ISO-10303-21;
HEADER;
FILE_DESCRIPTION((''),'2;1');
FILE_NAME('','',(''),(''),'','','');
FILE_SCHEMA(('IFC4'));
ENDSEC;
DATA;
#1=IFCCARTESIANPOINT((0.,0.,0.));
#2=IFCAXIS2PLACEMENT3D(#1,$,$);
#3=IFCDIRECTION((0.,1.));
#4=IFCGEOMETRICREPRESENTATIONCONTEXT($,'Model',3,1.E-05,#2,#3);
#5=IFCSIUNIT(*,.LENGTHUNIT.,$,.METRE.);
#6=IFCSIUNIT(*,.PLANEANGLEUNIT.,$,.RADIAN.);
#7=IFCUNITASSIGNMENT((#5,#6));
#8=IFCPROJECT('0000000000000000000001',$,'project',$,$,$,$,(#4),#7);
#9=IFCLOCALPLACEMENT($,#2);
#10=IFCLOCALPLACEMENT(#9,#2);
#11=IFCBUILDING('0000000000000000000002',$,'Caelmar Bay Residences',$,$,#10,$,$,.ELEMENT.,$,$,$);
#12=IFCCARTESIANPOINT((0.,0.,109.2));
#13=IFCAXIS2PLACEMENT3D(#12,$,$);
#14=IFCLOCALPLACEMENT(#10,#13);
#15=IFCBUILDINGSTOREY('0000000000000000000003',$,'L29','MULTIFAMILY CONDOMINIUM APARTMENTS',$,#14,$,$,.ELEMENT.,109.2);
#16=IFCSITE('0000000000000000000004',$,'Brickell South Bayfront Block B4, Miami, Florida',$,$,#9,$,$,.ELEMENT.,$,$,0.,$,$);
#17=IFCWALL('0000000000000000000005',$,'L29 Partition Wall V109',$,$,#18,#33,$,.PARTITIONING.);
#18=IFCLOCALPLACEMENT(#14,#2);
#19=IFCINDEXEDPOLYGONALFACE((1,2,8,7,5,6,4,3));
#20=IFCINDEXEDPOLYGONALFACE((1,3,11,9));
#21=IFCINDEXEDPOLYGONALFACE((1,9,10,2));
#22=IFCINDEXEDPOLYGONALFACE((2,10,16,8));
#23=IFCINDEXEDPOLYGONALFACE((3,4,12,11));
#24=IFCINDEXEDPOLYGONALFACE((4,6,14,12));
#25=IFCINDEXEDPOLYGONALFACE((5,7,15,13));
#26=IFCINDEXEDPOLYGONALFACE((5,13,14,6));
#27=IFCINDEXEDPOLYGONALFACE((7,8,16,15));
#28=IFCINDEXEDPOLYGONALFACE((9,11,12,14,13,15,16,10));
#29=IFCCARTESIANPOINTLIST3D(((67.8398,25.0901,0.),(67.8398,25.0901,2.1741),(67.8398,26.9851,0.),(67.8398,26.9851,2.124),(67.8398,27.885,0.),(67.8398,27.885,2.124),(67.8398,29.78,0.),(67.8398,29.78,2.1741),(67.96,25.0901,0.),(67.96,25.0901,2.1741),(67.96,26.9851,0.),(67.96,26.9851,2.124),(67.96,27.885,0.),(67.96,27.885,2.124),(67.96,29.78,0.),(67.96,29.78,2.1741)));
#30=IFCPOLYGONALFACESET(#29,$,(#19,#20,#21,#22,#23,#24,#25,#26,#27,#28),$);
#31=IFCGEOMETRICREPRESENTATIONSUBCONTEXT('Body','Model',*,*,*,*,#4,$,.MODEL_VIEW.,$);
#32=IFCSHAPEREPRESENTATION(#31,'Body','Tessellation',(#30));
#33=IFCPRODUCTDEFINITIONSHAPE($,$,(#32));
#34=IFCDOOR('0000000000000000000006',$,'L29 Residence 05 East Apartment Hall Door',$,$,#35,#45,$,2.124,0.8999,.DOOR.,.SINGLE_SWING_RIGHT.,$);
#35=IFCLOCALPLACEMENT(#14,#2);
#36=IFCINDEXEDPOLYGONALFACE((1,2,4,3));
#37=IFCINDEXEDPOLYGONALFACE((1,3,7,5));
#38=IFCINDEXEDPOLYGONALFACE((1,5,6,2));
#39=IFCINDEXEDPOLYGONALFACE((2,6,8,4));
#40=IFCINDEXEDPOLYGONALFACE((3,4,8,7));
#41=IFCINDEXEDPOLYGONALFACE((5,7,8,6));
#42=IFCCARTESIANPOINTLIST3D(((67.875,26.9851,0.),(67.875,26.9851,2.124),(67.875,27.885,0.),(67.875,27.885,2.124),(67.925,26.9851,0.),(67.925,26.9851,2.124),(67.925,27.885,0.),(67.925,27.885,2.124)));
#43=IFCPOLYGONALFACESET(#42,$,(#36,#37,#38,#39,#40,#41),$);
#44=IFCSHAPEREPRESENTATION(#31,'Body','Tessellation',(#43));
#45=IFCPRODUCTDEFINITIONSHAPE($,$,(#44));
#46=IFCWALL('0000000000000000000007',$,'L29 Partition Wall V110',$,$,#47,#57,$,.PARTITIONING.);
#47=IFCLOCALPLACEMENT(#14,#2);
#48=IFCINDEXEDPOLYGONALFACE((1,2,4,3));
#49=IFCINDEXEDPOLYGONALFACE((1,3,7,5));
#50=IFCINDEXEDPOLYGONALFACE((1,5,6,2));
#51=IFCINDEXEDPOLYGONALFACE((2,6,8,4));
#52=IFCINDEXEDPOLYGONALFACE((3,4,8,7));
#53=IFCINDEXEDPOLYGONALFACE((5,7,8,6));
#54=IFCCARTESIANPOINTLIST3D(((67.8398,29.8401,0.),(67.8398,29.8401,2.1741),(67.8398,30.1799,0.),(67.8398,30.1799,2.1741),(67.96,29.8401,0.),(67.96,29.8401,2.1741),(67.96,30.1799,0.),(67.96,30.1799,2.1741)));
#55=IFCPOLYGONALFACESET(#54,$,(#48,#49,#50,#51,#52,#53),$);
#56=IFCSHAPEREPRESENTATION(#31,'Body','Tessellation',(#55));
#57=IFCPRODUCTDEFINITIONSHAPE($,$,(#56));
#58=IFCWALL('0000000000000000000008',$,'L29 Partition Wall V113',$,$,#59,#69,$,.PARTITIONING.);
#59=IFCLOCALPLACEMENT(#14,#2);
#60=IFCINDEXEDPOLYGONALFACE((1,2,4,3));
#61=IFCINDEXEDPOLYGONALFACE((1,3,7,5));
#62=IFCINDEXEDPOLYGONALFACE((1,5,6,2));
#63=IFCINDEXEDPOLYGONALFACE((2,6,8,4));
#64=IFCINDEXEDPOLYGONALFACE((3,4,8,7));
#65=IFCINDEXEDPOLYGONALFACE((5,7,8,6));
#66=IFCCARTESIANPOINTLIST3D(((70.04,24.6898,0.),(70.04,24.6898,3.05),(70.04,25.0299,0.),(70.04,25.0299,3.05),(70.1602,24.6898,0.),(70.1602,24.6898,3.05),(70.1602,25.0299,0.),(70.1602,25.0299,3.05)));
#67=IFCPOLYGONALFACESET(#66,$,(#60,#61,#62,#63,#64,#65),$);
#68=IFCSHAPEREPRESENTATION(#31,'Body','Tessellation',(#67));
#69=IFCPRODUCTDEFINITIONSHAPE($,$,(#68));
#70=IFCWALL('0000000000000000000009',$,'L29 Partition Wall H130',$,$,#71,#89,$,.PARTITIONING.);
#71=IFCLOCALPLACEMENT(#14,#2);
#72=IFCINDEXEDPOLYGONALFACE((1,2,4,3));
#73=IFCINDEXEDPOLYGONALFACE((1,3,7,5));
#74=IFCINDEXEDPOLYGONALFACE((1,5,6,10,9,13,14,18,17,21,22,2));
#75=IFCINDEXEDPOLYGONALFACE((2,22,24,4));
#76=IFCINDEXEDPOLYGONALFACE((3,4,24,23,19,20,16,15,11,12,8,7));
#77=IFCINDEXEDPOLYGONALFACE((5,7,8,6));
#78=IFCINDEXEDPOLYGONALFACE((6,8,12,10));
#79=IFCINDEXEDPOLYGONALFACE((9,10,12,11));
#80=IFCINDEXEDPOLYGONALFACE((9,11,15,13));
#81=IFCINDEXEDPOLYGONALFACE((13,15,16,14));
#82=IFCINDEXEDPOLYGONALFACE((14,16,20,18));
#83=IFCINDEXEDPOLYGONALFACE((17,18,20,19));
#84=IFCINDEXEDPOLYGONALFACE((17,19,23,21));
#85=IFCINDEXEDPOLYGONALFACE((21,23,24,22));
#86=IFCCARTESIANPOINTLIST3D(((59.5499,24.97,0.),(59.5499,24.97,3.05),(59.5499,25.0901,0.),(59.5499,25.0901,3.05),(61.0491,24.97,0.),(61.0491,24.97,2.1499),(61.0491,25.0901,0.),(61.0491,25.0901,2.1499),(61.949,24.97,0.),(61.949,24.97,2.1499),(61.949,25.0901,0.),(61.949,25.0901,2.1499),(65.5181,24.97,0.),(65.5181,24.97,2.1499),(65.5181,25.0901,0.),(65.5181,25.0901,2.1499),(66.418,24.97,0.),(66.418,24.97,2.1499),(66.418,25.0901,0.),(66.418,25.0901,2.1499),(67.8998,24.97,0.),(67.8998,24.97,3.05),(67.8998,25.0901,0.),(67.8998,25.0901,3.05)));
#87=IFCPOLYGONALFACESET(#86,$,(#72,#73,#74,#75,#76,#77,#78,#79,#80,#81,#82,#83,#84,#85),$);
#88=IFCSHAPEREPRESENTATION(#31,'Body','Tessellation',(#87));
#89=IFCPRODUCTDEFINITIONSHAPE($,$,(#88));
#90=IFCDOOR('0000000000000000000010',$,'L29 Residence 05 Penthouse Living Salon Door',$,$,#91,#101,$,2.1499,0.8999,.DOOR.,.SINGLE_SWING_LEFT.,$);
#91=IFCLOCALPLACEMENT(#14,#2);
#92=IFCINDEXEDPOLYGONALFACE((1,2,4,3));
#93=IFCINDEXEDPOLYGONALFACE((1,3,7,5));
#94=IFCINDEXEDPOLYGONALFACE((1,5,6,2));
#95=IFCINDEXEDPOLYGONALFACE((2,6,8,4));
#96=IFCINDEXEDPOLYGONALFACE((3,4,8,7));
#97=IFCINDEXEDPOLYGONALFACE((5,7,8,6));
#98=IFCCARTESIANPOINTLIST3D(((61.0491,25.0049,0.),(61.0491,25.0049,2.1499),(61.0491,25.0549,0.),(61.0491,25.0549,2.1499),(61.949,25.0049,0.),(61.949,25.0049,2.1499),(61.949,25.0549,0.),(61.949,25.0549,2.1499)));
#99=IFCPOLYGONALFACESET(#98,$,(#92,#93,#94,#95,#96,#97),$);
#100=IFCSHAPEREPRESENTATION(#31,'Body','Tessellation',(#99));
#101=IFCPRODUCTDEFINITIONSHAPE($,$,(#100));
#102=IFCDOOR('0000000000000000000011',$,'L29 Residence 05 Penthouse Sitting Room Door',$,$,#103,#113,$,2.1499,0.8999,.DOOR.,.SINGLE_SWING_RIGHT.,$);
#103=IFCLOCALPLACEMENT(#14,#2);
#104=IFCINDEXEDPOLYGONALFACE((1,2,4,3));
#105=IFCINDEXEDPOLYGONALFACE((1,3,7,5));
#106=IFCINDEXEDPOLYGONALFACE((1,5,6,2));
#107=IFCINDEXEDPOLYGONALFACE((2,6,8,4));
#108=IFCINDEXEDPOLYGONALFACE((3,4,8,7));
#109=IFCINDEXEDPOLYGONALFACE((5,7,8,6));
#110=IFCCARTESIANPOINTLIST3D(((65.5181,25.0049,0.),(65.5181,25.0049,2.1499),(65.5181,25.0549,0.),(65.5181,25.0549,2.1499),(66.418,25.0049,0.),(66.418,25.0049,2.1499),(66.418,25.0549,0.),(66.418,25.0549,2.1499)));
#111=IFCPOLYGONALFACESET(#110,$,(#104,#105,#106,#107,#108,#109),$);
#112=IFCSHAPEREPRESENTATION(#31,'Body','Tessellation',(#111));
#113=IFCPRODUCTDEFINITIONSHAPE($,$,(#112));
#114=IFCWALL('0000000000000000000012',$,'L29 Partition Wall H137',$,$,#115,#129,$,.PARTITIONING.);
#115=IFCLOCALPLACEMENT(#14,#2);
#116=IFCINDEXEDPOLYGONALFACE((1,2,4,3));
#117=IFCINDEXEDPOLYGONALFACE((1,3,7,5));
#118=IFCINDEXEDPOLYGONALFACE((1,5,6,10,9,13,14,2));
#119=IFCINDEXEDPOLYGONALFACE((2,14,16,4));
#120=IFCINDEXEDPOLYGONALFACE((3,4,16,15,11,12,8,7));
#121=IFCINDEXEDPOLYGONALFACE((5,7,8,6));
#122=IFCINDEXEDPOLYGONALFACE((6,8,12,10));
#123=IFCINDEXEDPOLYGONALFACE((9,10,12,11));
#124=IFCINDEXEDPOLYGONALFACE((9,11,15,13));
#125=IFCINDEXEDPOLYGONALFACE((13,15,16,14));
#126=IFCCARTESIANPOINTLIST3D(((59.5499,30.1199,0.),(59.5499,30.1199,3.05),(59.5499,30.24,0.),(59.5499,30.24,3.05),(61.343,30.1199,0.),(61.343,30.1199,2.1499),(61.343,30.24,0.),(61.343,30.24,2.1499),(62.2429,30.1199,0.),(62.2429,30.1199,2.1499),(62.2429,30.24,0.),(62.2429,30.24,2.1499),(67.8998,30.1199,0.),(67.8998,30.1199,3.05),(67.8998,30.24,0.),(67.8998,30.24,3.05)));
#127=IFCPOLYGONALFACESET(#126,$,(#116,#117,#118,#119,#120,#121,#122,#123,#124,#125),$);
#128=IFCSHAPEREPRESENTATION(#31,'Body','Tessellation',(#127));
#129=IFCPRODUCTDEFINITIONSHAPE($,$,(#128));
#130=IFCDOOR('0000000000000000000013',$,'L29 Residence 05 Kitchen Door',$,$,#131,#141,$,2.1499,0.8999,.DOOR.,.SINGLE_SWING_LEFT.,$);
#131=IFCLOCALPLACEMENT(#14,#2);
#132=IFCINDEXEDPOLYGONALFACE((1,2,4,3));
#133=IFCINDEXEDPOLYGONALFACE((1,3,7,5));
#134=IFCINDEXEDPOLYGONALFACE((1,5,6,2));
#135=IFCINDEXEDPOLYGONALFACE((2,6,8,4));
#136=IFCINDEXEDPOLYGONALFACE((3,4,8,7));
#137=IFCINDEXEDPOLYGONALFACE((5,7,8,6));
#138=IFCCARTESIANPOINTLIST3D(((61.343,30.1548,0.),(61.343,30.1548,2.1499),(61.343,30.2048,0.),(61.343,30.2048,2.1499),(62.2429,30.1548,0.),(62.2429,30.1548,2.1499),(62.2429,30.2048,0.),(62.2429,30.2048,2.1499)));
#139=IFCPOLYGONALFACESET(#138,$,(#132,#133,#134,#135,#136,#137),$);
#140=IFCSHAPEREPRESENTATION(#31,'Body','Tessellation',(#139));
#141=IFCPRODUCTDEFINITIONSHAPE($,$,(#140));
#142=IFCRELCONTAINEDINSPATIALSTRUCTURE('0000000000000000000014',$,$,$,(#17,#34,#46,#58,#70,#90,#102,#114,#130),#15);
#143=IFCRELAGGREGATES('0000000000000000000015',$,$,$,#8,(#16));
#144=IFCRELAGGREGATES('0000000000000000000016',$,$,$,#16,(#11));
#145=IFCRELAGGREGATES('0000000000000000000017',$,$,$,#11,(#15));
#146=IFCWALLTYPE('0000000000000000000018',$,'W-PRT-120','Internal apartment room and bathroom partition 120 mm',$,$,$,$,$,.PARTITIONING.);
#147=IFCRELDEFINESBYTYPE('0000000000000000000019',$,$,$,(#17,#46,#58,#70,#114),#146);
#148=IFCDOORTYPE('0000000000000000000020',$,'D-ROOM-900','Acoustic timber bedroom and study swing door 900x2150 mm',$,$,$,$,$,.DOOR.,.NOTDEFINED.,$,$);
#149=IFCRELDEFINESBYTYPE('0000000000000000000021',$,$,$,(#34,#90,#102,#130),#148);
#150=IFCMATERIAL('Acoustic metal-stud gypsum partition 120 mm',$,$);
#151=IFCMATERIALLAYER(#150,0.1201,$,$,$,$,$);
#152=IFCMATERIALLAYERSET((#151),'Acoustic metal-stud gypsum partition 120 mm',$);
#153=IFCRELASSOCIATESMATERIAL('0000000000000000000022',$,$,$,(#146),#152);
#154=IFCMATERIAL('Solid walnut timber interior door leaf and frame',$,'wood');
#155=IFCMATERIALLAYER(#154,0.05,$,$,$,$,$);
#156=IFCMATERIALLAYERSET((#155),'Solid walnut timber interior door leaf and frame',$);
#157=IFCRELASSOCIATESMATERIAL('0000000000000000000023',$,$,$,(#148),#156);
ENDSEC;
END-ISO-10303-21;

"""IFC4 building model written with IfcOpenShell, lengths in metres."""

from ifc_helpers import new_model, si_unit, direction, frame, frame_2d, origin, place, context, subcontext, project, spatial, rectangle, extrude, material, layer, layer_set, type_object, element, fill, save


model = new_model("IFC4")

# Units and contexts
model_context = context("Model", 3, precision=1e-05, world=origin(), true_north=direction((0.0, 1.0)))
body_context = subcontext(model_context, "Body", "Model", "MODEL_VIEW")
ifc_project = project(units=[si_unit("LENGTHUNIT", "METRE"), si_unit("PLANEANGLEUNIT", "RADIAN")], contexts=[model_context])

# Site, building, storey
site_placement = place(None, origin())
site = spatial("IfcSite", under=ifc_project, at=site_placement, Name="Brickell South Bayfront Block B4, Miami, Florida", CompositionType="ELEMENT", RefElevation=0.0)
building_placement = place(site_placement, origin())
building = spatial("IfcBuilding", under=site, at=building_placement, Name="Caelmar Bay Residences", CompositionType="ELEMENT")
storey_placement = place(building_placement, frame((0.0, 0.0, 109.2)))
storey = spatial("IfcBuildingStorey", under=building, at=storey_placement, Name="L29", Description="MULTIFAMILY CONDOMINIUM APARTMENTS", CompositionType="ELEMENT", Elevation=109.2)

# Shared definitions
ifc_material_1 = material(Name="Acoustic metal-stud gypsum partition 120 mm")
ifc_layer_1 = layer(ifc_material_1, 0.1201)
ifc_layer_set_1 = layer_set([ifc_layer_1], Name="Acoustic metal-stud gypsum partition 120 mm")
wall_type = type_object("IfcWallType", Name="W-PRT-120", Description="Internal apartment room and bathroom partition 120 mm", PredefinedType="PARTITIONING", material=ifc_layer_set_1)

# Shared definitions
ifc_material_2 = material(Name="Solid walnut timber interior door leaf and frame", Category="wood")
ifc_layer_2 = layer(ifc_material_2, 0.05)
ifc_layer_set_2 = layer_set([ifc_layer_2], Name="Solid walnut timber interior door leaf and frame")
door_type = type_object("IfcDoorType", Name="D-ROOM-900", Description="Acoustic timber bedroom and study swing door 900x2150 mm", OperationType="NOTDEFINED", PredefinedType="DOOR", material=ifc_layer_set_2)

# Wall, opening, door
wall_1_placement = place(storey_placement, frame((67.8999, 25.0901, 0.0), z_axis=(0.0, 0.0, 1.0), x_axis=(0.0, 1.0, 0.0)))
wall_1 = element("IfcWall", 1, at=wall_1_placement, inside=storey, type_object=wall_type, Name="L29 Partition Wall V109", PredefinedType="PARTITIONING", context=body_context, shape_type="SweptSolid", body=[
    extrude(rectangle(XDim=4.6899, YDim=0.1201, at=frame_2d((2.345, 0.0))), origin(), (0.0, 0.0, 1.0), 2.1741),
])
opening_1_placement = place(wall_1_placement, frame((1.895, 0.0, 0.0)))
opening_1 = element("IfcOpeningElement", 2, at=opening_1_placement, cuts=wall_1, PredefinedType="OPENING", context=body_context, shape_type="SweptSolid", body=[
    extrude(rectangle(XDim=0.8999, YDim=2.124, at=frame_2d((0.45, 1.062))), frame((0.0, 0.0701, 0.0), z_axis=(0.0, -1.0, 0.0), x_axis=(1.0, 0.0, 0.0)), (0.0, 0.0, 1.0), 0.1401),
])
door_1_placement = place(opening_1_placement, origin())
door_1 = element("IfcDoor", 3, at=door_1_placement, inside=storey, type_object=door_type, Name="L29 Residence 05 East Apartment Hall Door", OperationType="SINGLE_SWING_RIGHT", OverallHeight=2.124, OverallWidth=0.8999, PredefinedType="DOOR", context=body_context, shape_type="SweptSolid", body=[
    extrude(rectangle(XDim=0.8999, YDim=2.124, at=frame_2d((0.45, 1.062))), frame((0.0, 0.0249, 0.0), z_axis=(0.0, -1.0, 0.0), x_axis=(1.0, 0.0, 0.0)), (0.0, 0.0, 1.0), 0.05),
])
fill(opening_1, door_1)

# Walls
wall_2_placement = place(storey_placement, frame((67.8999, 29.8401, 0.0), z_axis=(0.0, 0.0, 1.0), x_axis=(0.0, 1.0, 0.0)))
element("IfcWall", 4, at=wall_2_placement, inside=storey, type_object=wall_type, Name="L29 Partition Wall V110", PredefinedType="PARTITIONING", context=body_context, shape_type="SweptSolid", body=[
    extrude(rectangle(XDim=0.3398, YDim=0.1201, at=frame_2d((0.1699, 0.0))), origin(), (0.0, 0.0, 1.0), 2.1741),
])
wall_3_placement = place(storey_placement, frame((70.1001, 24.6899, 0.0), z_axis=(0.0, 0.0, 1.0), x_axis=(0.0, 1.0, 0.0)))
element("IfcWall", 5, at=wall_3_placement, inside=storey, type_object=wall_type, Name="L29 Partition Wall V113", PredefinedType="PARTITIONING", context=body_context, shape_type="SweptSolid", body=[
    extrude(rectangle(XDim=0.3401, YDim=0.1201, at=frame_2d((0.1699, 0.0))), origin(), (0.0, 0.0, 1.0), 3.05),
])

# Wall, openings, doors
wall_4_placement = place(storey_placement, frame((59.55, 25.03, 0.0), z_axis=(0.0, 0.0, 1.0), x_axis=(1.0, 0.0, 0.0)))
wall_4 = element("IfcWall", 6, at=wall_4_placement, inside=storey, type_object=wall_type, Name="L29 Partition Wall H130", PredefinedType="PARTITIONING", context=body_context, shape_type="SweptSolid", body=[
    extrude(rectangle(XDim=8.3499, YDim=0.1201, at=frame_2d((4.1748, 0.0))), origin(), (0.0, 0.0, 1.0), 3.05),
])
opening_2_placement = place(wall_4_placement, frame((1.499, 0.0, 0.0)))
opening_2 = element("IfcOpeningElement", 7, at=opening_2_placement, cuts=wall_4, PredefinedType="OPENING", context=body_context, shape_type="SweptSolid", body=[
    extrude(rectangle(XDim=0.8999, YDim=2.1499, at=frame_2d((0.45, 1.075))), frame((0.0, 0.0701, 0.0), z_axis=(0.0, -1.0, 0.0), x_axis=(1.0, 0.0, 0.0)), (0.0, 0.0, 1.0), 0.1401),
])
opening_3_placement = place(wall_4_placement, frame((5.968, 0.0, 0.0)))
opening_3 = element("IfcOpeningElement", 8, at=opening_3_placement, cuts=wall_4, PredefinedType="OPENING", context=body_context, shape_type="SweptSolid", body=[
    extrude(rectangle(XDim=0.8999, YDim=2.1499, at=frame_2d((0.45, 1.075))), frame((0.0, 0.0701, 0.0), z_axis=(0.0, -1.0, 0.0), x_axis=(1.0, 0.0, 0.0)), (0.0, 0.0, 1.0), 0.1401),
])
door_2_placement = place(opening_2_placement, origin())
door_2 = element("IfcDoor", 9, at=door_2_placement, inside=storey, type_object=door_type, Name="L29 Residence 05 Penthouse Living Salon Door", OperationType="SINGLE_SWING_LEFT", OverallHeight=2.1499, OverallWidth=0.8999, PredefinedType="DOOR", context=body_context, shape_type="SweptSolid", body=[
    extrude(rectangle(XDim=0.8999, YDim=2.1499, at=frame_2d((0.45, 1.075))), frame((0.0, 0.0249, 0.0), z_axis=(0.0, -1.0, 0.0), x_axis=(1.0, 0.0, 0.0)), (0.0, 0.0, 1.0), 0.05),
])
fill(opening_2, door_2)
door_3_placement = place(opening_3_placement, origin())
door_3 = element("IfcDoor", 10, at=door_3_placement, inside=storey, type_object=door_type, Name="L29 Residence 05 Penthouse Sitting Room Door", OperationType="SINGLE_SWING_RIGHT", OverallHeight=2.1499, OverallWidth=0.8999, PredefinedType="DOOR", context=body_context, shape_type="SweptSolid", body=[
    extrude(rectangle(XDim=0.8999, YDim=2.1499, at=frame_2d((0.45, 1.075))), frame((0.0, 0.0249, 0.0), z_axis=(0.0, -1.0, 0.0), x_axis=(1.0, 0.0, 0.0)), (0.0, 0.0, 1.0), 0.05),
])
fill(opening_3, door_3)

# Wall, opening, door
wall_5_placement = place(storey_placement, frame((59.55, 30.1799, 0.0), z_axis=(0.0, 0.0, 1.0), x_axis=(1.0, 0.0, 0.0)))
wall_5 = element("IfcWall", 11, at=wall_5_placement, inside=storey, type_object=wall_type, Name="L29 Partition Wall H137", PredefinedType="PARTITIONING", context=body_context, shape_type="SweptSolid", body=[
    extrude(rectangle(XDim=8.3499, YDim=0.1201, at=frame_2d((4.1748, 0.0))), origin(), (0.0, 0.0, 1.0), 3.05),
])
opening_4_placement = place(wall_5_placement, frame((1.793, 0.0, 0.0)))
opening_4 = element("IfcOpeningElement", 12, at=opening_4_placement, cuts=wall_5, PredefinedType="OPENING", context=body_context, shape_type="SweptSolid", body=[
    extrude(rectangle(XDim=0.8999, YDim=2.1499, at=frame_2d((0.45, 1.075))), frame((0.0, 0.0701, 0.0), z_axis=(0.0, -1.0, 0.0), x_axis=(1.0, 0.0, 0.0)), (0.0, 0.0, 1.0), 0.1401),
])
door_4_placement = place(opening_4_placement, origin())
door_4 = element("IfcDoor", 13, at=door_4_placement, inside=storey, type_object=door_type, Name="L29 Residence 05 Kitchen Door", OperationType="SINGLE_SWING_LEFT", OverallHeight=2.1499, OverallWidth=0.8999, PredefinedType="DOOR", context=body_context, shape_type="SweptSolid", body=[
    extrude(rectangle(XDim=0.8999, YDim=2.1499, at=frame_2d((0.45, 1.075))), frame((0.0, 0.0249, 0.0), z_axis=(0.0, -1.0, 0.0), x_axis=(1.0, 0.0, 0.0)), (0.0, 0.0, 1.0), 0.05),
])
fill(opening_4, door_4)

save(model, "model.ifc")
